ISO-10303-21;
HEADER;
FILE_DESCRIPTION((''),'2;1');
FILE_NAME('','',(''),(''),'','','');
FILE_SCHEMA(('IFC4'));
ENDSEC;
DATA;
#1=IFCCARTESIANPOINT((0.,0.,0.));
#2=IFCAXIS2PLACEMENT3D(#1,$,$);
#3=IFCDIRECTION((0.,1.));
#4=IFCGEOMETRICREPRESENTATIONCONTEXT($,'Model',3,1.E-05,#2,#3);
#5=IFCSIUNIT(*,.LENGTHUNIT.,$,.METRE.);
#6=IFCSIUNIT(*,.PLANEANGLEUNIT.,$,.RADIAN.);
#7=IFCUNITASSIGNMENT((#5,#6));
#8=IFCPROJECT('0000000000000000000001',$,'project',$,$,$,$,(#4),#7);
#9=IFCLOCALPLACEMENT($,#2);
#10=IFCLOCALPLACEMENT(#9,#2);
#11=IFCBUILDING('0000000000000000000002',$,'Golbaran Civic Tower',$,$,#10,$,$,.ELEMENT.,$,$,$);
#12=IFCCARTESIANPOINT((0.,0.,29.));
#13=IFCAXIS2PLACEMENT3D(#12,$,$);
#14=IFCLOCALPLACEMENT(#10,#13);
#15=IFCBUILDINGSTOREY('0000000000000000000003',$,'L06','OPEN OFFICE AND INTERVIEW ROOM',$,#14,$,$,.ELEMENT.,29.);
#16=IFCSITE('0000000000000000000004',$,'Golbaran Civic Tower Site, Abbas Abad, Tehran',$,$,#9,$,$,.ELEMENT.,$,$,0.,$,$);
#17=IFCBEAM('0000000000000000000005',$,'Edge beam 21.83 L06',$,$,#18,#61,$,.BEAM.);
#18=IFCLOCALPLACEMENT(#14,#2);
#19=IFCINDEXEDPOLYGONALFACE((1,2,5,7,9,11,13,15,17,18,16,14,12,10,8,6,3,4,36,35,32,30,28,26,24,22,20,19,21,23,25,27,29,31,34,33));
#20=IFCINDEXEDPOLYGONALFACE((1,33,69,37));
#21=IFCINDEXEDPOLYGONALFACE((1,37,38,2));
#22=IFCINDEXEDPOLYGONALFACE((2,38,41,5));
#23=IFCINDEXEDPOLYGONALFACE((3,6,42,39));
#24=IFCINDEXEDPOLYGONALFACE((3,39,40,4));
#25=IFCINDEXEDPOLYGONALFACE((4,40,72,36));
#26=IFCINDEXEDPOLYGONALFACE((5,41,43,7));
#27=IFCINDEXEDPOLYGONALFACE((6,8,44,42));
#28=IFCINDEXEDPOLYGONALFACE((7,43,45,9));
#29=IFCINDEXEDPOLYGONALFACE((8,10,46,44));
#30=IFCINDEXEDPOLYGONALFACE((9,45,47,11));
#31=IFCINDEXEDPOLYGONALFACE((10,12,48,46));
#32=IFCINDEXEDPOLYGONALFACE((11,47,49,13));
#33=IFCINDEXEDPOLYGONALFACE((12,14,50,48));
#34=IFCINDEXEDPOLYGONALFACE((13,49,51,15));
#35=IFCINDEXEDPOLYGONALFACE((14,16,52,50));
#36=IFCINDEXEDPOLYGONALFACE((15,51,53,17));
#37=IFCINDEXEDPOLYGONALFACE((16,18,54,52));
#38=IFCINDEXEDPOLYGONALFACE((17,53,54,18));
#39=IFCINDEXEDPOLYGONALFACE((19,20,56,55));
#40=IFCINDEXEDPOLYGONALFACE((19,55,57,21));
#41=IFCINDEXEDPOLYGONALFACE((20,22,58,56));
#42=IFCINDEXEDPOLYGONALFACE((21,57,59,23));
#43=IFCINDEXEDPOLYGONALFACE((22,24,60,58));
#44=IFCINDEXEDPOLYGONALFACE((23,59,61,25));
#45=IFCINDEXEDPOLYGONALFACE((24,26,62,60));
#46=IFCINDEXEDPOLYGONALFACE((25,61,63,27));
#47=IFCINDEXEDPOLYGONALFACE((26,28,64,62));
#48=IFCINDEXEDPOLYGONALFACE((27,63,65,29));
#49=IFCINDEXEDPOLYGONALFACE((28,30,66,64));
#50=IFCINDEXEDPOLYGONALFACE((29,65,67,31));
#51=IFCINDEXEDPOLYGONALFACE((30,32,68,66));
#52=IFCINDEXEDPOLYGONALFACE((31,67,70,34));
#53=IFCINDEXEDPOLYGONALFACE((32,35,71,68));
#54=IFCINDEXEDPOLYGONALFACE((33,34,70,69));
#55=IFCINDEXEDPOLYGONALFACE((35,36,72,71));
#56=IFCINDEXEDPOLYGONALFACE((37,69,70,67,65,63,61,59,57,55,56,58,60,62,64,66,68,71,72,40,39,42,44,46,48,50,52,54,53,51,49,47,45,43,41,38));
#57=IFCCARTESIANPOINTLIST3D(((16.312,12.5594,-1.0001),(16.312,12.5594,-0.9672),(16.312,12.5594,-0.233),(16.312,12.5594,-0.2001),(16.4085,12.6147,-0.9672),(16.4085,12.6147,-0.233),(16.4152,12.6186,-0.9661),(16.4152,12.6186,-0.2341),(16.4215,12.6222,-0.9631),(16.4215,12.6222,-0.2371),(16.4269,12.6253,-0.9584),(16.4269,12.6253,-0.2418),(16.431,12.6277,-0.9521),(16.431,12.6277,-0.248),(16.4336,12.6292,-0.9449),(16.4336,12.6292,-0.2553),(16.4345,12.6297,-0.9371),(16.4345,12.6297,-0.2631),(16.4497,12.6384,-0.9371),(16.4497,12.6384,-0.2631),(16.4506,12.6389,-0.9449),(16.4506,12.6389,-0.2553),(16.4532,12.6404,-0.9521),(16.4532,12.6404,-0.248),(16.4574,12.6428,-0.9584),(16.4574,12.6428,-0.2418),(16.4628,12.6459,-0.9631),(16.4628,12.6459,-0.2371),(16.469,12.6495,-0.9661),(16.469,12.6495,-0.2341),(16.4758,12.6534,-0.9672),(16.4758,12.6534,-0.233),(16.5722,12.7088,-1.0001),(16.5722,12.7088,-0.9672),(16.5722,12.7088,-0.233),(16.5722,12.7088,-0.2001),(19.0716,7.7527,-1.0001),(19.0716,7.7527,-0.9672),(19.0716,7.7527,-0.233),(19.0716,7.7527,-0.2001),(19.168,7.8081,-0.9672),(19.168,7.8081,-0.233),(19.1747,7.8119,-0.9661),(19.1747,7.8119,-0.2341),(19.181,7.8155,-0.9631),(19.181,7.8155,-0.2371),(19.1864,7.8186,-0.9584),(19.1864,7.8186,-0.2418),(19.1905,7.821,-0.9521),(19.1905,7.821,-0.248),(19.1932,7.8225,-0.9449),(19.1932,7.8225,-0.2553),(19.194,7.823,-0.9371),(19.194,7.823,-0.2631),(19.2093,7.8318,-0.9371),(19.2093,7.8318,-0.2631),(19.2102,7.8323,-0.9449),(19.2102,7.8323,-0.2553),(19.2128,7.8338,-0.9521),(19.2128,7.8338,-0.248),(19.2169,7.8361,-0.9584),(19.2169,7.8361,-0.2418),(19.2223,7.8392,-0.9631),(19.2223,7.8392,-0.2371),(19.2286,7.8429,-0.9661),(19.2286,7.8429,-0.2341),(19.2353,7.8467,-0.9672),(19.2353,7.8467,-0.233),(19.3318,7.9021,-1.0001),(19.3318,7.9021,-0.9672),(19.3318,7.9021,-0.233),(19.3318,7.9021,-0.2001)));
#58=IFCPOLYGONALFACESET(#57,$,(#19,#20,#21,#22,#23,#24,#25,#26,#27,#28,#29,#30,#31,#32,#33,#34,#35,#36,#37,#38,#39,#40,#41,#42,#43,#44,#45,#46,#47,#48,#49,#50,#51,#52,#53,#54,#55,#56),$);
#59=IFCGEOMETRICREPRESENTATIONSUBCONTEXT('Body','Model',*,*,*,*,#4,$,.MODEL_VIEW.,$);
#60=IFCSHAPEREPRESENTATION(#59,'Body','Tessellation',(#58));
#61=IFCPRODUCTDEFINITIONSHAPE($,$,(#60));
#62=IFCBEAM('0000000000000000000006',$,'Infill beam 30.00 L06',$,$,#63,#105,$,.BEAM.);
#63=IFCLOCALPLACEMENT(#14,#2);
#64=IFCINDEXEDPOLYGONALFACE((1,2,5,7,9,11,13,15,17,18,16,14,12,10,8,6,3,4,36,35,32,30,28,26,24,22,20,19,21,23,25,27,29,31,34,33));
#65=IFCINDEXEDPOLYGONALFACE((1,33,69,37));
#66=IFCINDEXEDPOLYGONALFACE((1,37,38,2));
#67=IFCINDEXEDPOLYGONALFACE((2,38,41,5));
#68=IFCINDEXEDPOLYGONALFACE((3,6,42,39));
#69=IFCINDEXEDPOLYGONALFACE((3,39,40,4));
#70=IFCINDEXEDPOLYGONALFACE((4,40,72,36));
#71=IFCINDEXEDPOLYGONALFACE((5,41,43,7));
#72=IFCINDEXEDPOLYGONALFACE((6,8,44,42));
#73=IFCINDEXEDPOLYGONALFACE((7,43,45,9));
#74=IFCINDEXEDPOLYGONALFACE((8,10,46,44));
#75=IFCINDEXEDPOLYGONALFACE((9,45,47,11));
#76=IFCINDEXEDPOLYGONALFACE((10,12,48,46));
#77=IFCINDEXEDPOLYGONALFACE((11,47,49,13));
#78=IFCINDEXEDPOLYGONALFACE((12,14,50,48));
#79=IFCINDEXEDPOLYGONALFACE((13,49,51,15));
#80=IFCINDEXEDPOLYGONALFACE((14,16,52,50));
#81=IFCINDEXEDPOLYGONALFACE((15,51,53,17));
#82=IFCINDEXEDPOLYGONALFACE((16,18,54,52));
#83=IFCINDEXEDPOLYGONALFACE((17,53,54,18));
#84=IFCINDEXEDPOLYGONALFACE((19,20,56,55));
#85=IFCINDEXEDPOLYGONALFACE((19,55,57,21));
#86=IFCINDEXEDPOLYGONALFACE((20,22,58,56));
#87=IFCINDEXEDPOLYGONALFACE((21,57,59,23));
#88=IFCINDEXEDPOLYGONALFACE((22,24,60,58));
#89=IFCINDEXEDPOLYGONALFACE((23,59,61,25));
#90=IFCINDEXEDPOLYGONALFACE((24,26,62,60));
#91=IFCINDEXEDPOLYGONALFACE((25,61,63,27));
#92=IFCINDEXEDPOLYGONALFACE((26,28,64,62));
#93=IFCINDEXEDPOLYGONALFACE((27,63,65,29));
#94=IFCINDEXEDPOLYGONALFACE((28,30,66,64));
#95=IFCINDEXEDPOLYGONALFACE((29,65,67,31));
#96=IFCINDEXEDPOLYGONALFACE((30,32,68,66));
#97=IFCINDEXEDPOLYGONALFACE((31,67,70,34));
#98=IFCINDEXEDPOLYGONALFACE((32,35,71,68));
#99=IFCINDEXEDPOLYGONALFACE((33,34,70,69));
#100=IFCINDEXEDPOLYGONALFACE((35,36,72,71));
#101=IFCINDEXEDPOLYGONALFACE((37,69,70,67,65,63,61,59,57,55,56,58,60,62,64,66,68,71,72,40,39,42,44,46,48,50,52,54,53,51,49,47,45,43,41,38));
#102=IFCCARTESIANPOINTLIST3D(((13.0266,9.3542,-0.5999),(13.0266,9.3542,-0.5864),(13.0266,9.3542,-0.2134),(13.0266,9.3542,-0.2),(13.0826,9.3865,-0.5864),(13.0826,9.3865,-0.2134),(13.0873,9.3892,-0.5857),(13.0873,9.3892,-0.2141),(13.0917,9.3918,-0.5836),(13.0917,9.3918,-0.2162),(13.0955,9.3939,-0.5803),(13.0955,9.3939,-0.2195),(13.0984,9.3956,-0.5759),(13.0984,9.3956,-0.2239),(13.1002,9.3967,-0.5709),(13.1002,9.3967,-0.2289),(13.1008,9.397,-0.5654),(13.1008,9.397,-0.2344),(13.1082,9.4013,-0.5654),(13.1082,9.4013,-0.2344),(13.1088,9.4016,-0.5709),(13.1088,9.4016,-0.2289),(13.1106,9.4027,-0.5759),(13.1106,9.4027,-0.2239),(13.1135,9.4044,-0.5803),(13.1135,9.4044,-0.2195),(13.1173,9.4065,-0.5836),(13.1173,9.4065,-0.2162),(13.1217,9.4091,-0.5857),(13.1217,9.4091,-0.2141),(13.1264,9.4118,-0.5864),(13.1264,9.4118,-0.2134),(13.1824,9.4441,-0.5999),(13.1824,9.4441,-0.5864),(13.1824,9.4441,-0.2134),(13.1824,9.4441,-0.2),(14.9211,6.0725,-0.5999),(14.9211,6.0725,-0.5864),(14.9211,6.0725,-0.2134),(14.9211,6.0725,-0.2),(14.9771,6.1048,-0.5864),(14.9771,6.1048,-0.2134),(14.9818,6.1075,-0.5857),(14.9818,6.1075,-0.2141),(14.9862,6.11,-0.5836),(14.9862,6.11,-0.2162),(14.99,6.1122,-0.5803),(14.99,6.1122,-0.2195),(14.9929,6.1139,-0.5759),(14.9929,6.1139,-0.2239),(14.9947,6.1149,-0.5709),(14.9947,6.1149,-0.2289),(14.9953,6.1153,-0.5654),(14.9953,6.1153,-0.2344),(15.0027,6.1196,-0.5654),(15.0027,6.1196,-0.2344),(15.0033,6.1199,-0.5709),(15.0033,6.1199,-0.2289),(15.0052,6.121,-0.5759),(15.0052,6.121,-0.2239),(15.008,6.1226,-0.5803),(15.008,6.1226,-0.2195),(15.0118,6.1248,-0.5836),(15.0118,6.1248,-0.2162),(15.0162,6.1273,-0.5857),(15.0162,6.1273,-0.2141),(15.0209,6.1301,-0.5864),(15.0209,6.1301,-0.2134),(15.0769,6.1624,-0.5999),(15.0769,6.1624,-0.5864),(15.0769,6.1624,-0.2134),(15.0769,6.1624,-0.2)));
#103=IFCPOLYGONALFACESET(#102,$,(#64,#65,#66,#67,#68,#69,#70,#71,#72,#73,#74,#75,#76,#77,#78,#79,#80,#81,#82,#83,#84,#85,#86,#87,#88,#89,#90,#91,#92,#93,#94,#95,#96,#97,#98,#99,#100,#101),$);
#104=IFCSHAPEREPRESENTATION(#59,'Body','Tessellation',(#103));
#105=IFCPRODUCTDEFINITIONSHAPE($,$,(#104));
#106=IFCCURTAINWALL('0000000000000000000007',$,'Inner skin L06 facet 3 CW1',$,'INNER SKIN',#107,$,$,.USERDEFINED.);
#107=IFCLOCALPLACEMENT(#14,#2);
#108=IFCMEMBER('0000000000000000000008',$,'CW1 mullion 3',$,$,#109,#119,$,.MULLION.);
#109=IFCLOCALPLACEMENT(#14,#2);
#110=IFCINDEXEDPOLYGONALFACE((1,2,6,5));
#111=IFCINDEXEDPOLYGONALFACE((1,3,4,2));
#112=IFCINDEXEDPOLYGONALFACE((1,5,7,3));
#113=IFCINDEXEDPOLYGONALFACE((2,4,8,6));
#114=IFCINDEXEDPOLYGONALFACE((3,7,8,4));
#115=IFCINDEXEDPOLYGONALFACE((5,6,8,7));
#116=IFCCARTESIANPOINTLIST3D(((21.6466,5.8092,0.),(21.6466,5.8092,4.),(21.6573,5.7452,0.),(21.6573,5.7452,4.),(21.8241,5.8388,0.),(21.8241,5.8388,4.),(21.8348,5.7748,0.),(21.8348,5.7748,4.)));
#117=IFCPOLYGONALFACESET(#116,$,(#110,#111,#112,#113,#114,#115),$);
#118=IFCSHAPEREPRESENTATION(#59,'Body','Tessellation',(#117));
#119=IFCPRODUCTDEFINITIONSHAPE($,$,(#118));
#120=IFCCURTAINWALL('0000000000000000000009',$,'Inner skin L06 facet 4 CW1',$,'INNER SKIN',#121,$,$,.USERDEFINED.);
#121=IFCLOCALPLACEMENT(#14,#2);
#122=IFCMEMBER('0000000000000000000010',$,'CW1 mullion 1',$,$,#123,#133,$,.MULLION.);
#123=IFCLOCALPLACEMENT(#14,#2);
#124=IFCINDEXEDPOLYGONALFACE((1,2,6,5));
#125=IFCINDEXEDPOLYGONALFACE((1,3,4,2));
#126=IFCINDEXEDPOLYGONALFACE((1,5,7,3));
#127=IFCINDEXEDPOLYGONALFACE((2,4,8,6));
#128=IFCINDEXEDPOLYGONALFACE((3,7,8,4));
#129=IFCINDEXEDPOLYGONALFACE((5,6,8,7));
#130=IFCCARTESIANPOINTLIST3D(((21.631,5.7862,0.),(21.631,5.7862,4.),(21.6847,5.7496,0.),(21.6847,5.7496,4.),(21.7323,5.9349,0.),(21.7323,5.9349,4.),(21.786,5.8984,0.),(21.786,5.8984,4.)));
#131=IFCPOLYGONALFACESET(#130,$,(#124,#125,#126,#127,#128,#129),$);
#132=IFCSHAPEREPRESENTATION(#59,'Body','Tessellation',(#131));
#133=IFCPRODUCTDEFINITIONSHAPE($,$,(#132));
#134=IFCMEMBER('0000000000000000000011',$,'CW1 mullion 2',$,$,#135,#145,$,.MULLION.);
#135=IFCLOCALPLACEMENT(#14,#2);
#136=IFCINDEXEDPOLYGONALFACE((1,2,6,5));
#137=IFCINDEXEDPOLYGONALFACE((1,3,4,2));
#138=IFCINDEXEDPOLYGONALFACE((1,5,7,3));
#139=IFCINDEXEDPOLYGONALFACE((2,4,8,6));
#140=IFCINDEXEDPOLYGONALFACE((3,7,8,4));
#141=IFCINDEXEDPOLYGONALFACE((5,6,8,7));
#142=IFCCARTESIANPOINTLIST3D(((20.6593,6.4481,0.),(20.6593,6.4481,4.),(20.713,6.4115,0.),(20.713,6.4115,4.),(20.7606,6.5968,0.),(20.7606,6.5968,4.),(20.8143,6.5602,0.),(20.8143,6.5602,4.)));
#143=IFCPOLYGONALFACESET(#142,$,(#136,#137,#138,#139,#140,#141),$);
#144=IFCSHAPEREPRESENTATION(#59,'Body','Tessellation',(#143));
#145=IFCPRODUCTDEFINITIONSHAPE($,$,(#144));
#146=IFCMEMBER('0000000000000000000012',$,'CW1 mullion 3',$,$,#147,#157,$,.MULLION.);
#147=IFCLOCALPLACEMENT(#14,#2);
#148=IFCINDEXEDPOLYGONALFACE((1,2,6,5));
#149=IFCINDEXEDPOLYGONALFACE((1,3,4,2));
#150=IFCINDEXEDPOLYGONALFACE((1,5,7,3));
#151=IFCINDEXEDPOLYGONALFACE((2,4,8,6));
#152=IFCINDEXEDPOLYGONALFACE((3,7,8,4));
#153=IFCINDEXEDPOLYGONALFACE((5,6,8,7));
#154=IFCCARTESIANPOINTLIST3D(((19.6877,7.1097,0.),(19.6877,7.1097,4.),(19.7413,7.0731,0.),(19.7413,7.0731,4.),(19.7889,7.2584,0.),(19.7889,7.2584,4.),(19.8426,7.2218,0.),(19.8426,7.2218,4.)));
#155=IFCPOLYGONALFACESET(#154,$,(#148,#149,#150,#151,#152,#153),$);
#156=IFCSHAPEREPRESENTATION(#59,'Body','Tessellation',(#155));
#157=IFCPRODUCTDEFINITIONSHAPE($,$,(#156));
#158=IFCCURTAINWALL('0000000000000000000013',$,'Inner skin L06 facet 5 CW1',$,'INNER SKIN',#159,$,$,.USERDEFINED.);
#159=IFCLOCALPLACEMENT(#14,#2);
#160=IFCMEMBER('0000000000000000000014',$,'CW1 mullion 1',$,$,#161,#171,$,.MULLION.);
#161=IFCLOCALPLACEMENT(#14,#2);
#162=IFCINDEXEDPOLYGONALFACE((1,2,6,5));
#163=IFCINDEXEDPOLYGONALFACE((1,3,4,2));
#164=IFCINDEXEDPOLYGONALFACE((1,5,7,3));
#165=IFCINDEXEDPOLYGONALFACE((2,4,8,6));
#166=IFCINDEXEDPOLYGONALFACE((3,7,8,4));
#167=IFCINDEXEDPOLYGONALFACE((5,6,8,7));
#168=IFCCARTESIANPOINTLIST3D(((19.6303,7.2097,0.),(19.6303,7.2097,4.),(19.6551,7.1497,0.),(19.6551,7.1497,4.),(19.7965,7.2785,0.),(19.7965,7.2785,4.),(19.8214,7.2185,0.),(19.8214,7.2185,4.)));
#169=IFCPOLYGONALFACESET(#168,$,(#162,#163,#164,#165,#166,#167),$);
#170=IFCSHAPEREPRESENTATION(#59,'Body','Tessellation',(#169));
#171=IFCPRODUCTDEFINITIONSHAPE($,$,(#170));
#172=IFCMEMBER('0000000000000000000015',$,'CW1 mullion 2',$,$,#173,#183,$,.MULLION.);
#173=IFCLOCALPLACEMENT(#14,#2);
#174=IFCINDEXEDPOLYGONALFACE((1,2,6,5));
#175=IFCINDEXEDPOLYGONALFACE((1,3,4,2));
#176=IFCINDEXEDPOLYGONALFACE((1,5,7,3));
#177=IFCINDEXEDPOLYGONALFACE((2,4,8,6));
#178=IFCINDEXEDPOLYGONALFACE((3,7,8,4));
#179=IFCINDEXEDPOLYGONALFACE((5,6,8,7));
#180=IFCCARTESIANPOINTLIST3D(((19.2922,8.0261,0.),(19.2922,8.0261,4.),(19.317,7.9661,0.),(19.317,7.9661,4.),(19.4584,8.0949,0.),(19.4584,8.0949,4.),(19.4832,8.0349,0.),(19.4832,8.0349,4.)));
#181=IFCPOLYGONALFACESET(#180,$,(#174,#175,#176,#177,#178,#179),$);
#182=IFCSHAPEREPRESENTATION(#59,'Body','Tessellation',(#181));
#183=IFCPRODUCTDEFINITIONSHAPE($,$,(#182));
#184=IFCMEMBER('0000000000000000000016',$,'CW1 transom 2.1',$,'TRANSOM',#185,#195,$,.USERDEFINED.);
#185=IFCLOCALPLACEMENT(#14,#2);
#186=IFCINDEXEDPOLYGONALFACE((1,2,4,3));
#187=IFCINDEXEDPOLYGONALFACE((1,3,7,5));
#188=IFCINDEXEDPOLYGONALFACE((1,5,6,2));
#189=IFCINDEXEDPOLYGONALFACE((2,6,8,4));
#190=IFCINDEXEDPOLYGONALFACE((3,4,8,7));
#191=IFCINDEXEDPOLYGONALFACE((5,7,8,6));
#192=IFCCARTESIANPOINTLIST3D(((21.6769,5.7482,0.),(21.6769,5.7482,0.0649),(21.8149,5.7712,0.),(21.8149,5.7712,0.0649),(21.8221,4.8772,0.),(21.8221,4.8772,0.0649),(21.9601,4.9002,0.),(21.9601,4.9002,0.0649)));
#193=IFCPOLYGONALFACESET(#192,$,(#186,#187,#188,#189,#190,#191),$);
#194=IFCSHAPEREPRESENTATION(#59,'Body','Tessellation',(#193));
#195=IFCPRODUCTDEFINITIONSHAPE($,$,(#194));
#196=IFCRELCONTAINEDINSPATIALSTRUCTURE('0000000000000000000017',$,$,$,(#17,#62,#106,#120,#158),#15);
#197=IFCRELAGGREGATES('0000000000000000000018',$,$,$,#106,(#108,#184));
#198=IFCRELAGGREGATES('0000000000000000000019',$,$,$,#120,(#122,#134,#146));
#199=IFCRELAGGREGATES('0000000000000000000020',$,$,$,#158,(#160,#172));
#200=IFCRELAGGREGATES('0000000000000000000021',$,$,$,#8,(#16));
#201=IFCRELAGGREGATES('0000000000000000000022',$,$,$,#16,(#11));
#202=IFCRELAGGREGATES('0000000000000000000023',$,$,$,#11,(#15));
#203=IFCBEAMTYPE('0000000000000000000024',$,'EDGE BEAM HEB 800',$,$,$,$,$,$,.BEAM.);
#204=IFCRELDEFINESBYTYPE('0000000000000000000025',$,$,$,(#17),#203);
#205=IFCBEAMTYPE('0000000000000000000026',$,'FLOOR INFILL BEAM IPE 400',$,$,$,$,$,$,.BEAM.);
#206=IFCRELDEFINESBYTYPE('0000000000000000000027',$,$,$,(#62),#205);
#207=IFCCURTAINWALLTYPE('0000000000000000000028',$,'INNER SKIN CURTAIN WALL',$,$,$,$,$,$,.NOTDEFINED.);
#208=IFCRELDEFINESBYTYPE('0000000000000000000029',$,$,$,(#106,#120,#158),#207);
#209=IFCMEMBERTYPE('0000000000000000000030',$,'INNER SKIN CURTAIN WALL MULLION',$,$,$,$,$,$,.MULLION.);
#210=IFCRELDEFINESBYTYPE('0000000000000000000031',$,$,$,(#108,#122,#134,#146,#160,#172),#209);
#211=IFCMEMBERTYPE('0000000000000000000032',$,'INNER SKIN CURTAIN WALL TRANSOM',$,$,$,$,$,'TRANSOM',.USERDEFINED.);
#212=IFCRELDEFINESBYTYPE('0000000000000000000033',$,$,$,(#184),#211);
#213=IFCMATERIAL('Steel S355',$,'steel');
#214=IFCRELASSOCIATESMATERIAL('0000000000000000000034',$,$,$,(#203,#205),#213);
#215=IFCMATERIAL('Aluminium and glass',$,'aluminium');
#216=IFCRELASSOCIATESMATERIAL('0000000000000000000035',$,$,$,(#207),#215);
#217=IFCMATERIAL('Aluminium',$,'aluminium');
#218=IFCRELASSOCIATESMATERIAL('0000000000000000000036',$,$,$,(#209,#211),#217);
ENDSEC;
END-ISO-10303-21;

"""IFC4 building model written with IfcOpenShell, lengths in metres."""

from ifc_helpers import new_model, si_unit, direction, frame, origin, origin_2d, place, context, subcontext, project, spatial, rectangle, i_section, extrude, material, material_profile, profile_set, type_object, element, aggregate, save


model = new_model("IFC4")

# Units and contexts
model_context = context("Model", 3, precision=1e-05, world=origin(), true_north=direction((0.0, 1.0)))
body_context = subcontext(model_context, "Body", "Model", "MODEL_VIEW")
ifc_project = project(units=[si_unit("LENGTHUNIT", "METRE"), si_unit("PLANEANGLEUNIT", "RADIAN")], contexts=[model_context])

# Site, building, storey
site_placement = place(None, origin())
site = spatial("IfcSite", under=ifc_project, at=site_placement, Name="Golbaran Civic Tower Site, Abbas Abad, Tehran", CompositionType="ELEMENT", RefElevation=0.0)
building_placement = place(site_placement, origin())
building = spatial("IfcBuilding", under=site, at=building_placement, Name="Golbaran Civic Tower", CompositionType="ELEMENT")
storey_placement = place(building_placement, frame((0.0, 0.0, 29.0)))
storey = spatial("IfcBuildingStorey", under=building, at=storey_placement, Name="L06", Description="OPEN OFFICE AND INTERVIEW ROOM", CompositionType="ELEMENT", Elevation=29.0)

# Beams
ifc_material_1 = material(Name="Steel S355", Category="steel")
ifc_material_profile_1 = material_profile(ifc_material_1, i_section(OverallWidth=0.3, OverallDepth=0.8, WebThickness=0.0176, FlangeThickness=0.033, FilletRadius=0.03, at=origin_2d()), Name="HEB 800")
ifc_profile_set_1 = profile_set([ifc_material_profile_1], Name="Steel S355")
beam_type_1 = type_object("IfcBeamType", Name="EDGE BEAM HEB 800", PredefinedType="BEAM", material=ifc_profile_set_1)
beam_1_placement = place(storey_placement, frame((19.2017, 7.8274, -0.6001), z_axis=(-0.497888, 0.867241, 0.0), x_axis=(-0.867241, -0.497888, 0.0)))
element("IfcBeam", 1, at=beam_1_placement, inside=storey, type_object=beam_type_1, Name="Edge beam 21.83 L06", PredefinedType="BEAM", context=body_context, shape_type="SweptSolid", body=[
    extrude(i_section(OverallWidth=0.3, OverallDepth=0.8, WebThickness=0.0176, FlangeThickness=0.033, FilletRadius=0.03, at=origin_2d()), origin(), (0.0, 0.0, 1.0), 5.5425),
])
ifc_material_profile_2 = material_profile(ifc_material_1, i_section(OverallWidth=0.1799, OverallDepth=0.3999, WebThickness=0.0085, FlangeThickness=0.0134, FilletRadius=0.021, at=origin_2d()), Name="IPE 400")
ifc_profile_set_2 = profile_set([ifc_material_profile_2], Name="Steel S355")
beam_type_2 = type_object("IfcBeamType", Name="FLOOR INFILL BEAM IPE 400", PredefinedType="BEAM", material=ifc_profile_set_2)
beam_2_placement = place(storey_placement, frame((14.999, 6.1174, -0.3999), z_axis=(-0.499964, 0.866046, 0.0), x_axis=(-0.866046, -0.499964, 0.0)))
element("IfcBeam", 2, at=beam_2_placement, inside=storey, type_object=beam_type_2, Name="Infill beam 30.00 L06", PredefinedType="BEAM", context=body_context, shape_type="SweptSolid", body=[
    extrude(i_section(OverallWidth=0.1799, OverallDepth=0.3999, WebThickness=0.0085, FlangeThickness=0.0134, FilletRadius=0.021, at=origin_2d()), origin(), (0.0, 0.0, 1.0), 3.7893),
])

# Curtain wall, member
ifc_material_2 = material(Name="Aluminium and glass", Category="aluminium")
curtain_wall_type = type_object("IfcCurtainWallType", Name="INNER SKIN CURTAIN WALL", PredefinedType="NOTDEFINED", material=ifc_material_2)
curtain_wall_1_placement = place(storey_placement, origin())
curtain_wall_1 = element("IfcCurtainWall", 3, at=curtain_wall_1_placement, inside=storey, type_object=curtain_wall_type, Name="Inner skin L06 facet 3 CW1", ObjectType="INNER SKIN", PredefinedType="USERDEFINED")
ifc_material_3 = material(Name="Aluminium", Category="aluminium")
ifc_material_profile_3 = material_profile(ifc_material_3, rectangle(XDim=0.1799, YDim=0.0649, at=origin_2d()), Name="INNER SKIN CURTAIN WALL MULLION")
ifc_profile_set_3 = profile_set([ifc_material_profile_3], Name="Aluminium")
member_type_1 = type_object("IfcMemberType", Name="INNER SKIN CURTAIN WALL MULLION", PredefinedType="MULLION", material=ifc_profile_set_3)
member_1_placement = place(storey_placement, frame((21.7407, 5.792, 0.0), z_axis=(0.0, 0.0, 1.0), x_axis=(-0.986391, -0.164415, 0.0)))
member_1 = element("IfcMember", 4, at=member_1_placement, type_object=member_type_1, Name="CW1 mullion 3", PredefinedType="MULLION", context=body_context, shape_type="SweptSolid", body=[
    extrude(rectangle(XDim=0.1799, YDim=0.0649, at=origin_2d()), origin(), (0.0, 0.0, 1.0), 4.0),
])

# Curtain walls, members
curtain_wall_2_placement = place(storey_placement, origin())
curtain_wall_2 = element("IfcCurtainWall", 5, at=curtain_wall_2_placement, inside=storey, type_object=curtain_wall_type, Name="Inner skin L06 facet 4 CW1", ObjectType="INNER SKIN", PredefinedType="USERDEFINED")
member_2_placement = place(storey_placement, frame((21.7085, 5.8423, 0.0), z_axis=(0.0, 0.0, 1.0), x_axis=(-0.562936, -0.8265, 0.0)))
member_2 = element("IfcMember", 6, at=member_2_placement, type_object=member_type_1, Name="CW1 mullion 1", PredefinedType="MULLION", context=body_context, shape_type="SweptSolid", body=[
    extrude(rectangle(XDim=0.1799, YDim=0.0649, at=origin_2d()), origin(), (0.0, 0.0, 1.0), 4.0),
])
member_3_placement = place(storey_placement, frame((20.7368, 6.5042, 0.0), z_axis=(0.0, 0.0, 1.0), x_axis=(-0.562936, -0.8265, 0.0)))
member_3 = element("IfcMember", 7, at=member_3_placement, type_object=member_type_1, Name="CW1 mullion 2", PredefinedType="MULLION", context=body_context, shape_type="SweptSolid", body=[
    extrude(rectangle(XDim=0.1799, YDim=0.0649, at=origin_2d()), origin(), (0.0, 0.0, 1.0), 4.0),
])
member_4_placement = place(storey_placement, frame((19.7651, 7.1658, 0.0), z_axis=(0.0, 0.0, 1.0), x_axis=(-0.562936, -0.8265, 0.0)))
member_4 = element("IfcMember", 8, at=member_4_placement, type_object=member_type_1, Name="CW1 mullion 3", PredefinedType="MULLION", context=body_context, shape_type="SweptSolid", body=[
    extrude(rectangle(XDim=0.1799, YDim=0.0649, at=origin_2d()), origin(), (0.0, 0.0, 1.0), 4.0),
])
curtain_wall_3_placement = place(storey_placement, origin())
curtain_wall_3 = element("IfcCurtainWall", 9, at=curtain_wall_3_placement, inside=storey, type_object=curtain_wall_type, Name="Inner skin L06 facet 5 CW1", ObjectType="INNER SKIN", PredefinedType="USERDEFINED")
member_5_placement = place(storey_placement, frame((19.7258, 7.2141, 0.0), z_axis=(0.0, 0.0, 1.0), x_axis=(-0.92388, -0.382683, 0.0)))
member_5 = element("IfcMember", 10, at=member_5_placement, type_object=member_type_1, Name="CW1 mullion 1", PredefinedType="MULLION", context=body_context, shape_type="SweptSolid", body=[
    extrude(rectangle(XDim=0.1799, YDim=0.0649, at=origin_2d()), origin(), (0.0, 0.0, 1.0), 4.0),
])
member_6_placement = place(storey_placement, frame((19.3877, 8.0305, 0.0), z_axis=(0.0, 0.0, 1.0), x_axis=(-0.92388, -0.382683, 0.0)))
member_6 = element("IfcMember", 11, at=member_6_placement, type_object=member_type_1, Name="CW1 mullion 2", PredefinedType="MULLION", context=body_context, shape_type="SweptSolid", body=[
    extrude(rectangle(XDim=0.1799, YDim=0.0649, at=origin_2d()), origin(), (0.0, 0.0, 1.0), 4.0),
])

# Member
ifc_material_profile_4 = material_profile(ifc_material_3, rectangle(XDim=0.1399, YDim=0.0649, at=origin_2d()), Name="INNER SKIN CURTAIN WALL TRANSOM")
ifc_profile_set_4 = profile_set([ifc_material_profile_4], Name="Aluminium")
member_type_2 = type_object("IfcMemberType", Name="INNER SKIN CURTAIN WALL TRANSOM", ElementType="TRANSOM", PredefinedType="USERDEFINED", material=ifc_profile_set_4)
member_7_placement = place(storey_placement, frame((21.8911, 4.8887, 0.0325), z_axis=(-0.164489, 0.986379, 0.0), x_axis=(-0.986379, -0.164489, 0.0)))
member_7 = element("IfcMember", 12, at=member_7_placement, type_object=member_type_2, Name="CW1 transom 2.1", ObjectType="TRANSOM", PredefinedType="USERDEFINED", context=body_context, shape_type="SweptSolid", body=[
    extrude(rectangle(XDim=0.1399, YDim=0.0649, at=origin_2d()), origin(), (0.0, 0.0, 1.0), 0.8831),
])

aggregate(curtain_wall_1, [member_1, member_7])
aggregate(curtain_wall_2, [member_2, member_3, member_4])
aggregate(curtain_wall_3, [member_5, member_6])

save(model, "model.ifc")
